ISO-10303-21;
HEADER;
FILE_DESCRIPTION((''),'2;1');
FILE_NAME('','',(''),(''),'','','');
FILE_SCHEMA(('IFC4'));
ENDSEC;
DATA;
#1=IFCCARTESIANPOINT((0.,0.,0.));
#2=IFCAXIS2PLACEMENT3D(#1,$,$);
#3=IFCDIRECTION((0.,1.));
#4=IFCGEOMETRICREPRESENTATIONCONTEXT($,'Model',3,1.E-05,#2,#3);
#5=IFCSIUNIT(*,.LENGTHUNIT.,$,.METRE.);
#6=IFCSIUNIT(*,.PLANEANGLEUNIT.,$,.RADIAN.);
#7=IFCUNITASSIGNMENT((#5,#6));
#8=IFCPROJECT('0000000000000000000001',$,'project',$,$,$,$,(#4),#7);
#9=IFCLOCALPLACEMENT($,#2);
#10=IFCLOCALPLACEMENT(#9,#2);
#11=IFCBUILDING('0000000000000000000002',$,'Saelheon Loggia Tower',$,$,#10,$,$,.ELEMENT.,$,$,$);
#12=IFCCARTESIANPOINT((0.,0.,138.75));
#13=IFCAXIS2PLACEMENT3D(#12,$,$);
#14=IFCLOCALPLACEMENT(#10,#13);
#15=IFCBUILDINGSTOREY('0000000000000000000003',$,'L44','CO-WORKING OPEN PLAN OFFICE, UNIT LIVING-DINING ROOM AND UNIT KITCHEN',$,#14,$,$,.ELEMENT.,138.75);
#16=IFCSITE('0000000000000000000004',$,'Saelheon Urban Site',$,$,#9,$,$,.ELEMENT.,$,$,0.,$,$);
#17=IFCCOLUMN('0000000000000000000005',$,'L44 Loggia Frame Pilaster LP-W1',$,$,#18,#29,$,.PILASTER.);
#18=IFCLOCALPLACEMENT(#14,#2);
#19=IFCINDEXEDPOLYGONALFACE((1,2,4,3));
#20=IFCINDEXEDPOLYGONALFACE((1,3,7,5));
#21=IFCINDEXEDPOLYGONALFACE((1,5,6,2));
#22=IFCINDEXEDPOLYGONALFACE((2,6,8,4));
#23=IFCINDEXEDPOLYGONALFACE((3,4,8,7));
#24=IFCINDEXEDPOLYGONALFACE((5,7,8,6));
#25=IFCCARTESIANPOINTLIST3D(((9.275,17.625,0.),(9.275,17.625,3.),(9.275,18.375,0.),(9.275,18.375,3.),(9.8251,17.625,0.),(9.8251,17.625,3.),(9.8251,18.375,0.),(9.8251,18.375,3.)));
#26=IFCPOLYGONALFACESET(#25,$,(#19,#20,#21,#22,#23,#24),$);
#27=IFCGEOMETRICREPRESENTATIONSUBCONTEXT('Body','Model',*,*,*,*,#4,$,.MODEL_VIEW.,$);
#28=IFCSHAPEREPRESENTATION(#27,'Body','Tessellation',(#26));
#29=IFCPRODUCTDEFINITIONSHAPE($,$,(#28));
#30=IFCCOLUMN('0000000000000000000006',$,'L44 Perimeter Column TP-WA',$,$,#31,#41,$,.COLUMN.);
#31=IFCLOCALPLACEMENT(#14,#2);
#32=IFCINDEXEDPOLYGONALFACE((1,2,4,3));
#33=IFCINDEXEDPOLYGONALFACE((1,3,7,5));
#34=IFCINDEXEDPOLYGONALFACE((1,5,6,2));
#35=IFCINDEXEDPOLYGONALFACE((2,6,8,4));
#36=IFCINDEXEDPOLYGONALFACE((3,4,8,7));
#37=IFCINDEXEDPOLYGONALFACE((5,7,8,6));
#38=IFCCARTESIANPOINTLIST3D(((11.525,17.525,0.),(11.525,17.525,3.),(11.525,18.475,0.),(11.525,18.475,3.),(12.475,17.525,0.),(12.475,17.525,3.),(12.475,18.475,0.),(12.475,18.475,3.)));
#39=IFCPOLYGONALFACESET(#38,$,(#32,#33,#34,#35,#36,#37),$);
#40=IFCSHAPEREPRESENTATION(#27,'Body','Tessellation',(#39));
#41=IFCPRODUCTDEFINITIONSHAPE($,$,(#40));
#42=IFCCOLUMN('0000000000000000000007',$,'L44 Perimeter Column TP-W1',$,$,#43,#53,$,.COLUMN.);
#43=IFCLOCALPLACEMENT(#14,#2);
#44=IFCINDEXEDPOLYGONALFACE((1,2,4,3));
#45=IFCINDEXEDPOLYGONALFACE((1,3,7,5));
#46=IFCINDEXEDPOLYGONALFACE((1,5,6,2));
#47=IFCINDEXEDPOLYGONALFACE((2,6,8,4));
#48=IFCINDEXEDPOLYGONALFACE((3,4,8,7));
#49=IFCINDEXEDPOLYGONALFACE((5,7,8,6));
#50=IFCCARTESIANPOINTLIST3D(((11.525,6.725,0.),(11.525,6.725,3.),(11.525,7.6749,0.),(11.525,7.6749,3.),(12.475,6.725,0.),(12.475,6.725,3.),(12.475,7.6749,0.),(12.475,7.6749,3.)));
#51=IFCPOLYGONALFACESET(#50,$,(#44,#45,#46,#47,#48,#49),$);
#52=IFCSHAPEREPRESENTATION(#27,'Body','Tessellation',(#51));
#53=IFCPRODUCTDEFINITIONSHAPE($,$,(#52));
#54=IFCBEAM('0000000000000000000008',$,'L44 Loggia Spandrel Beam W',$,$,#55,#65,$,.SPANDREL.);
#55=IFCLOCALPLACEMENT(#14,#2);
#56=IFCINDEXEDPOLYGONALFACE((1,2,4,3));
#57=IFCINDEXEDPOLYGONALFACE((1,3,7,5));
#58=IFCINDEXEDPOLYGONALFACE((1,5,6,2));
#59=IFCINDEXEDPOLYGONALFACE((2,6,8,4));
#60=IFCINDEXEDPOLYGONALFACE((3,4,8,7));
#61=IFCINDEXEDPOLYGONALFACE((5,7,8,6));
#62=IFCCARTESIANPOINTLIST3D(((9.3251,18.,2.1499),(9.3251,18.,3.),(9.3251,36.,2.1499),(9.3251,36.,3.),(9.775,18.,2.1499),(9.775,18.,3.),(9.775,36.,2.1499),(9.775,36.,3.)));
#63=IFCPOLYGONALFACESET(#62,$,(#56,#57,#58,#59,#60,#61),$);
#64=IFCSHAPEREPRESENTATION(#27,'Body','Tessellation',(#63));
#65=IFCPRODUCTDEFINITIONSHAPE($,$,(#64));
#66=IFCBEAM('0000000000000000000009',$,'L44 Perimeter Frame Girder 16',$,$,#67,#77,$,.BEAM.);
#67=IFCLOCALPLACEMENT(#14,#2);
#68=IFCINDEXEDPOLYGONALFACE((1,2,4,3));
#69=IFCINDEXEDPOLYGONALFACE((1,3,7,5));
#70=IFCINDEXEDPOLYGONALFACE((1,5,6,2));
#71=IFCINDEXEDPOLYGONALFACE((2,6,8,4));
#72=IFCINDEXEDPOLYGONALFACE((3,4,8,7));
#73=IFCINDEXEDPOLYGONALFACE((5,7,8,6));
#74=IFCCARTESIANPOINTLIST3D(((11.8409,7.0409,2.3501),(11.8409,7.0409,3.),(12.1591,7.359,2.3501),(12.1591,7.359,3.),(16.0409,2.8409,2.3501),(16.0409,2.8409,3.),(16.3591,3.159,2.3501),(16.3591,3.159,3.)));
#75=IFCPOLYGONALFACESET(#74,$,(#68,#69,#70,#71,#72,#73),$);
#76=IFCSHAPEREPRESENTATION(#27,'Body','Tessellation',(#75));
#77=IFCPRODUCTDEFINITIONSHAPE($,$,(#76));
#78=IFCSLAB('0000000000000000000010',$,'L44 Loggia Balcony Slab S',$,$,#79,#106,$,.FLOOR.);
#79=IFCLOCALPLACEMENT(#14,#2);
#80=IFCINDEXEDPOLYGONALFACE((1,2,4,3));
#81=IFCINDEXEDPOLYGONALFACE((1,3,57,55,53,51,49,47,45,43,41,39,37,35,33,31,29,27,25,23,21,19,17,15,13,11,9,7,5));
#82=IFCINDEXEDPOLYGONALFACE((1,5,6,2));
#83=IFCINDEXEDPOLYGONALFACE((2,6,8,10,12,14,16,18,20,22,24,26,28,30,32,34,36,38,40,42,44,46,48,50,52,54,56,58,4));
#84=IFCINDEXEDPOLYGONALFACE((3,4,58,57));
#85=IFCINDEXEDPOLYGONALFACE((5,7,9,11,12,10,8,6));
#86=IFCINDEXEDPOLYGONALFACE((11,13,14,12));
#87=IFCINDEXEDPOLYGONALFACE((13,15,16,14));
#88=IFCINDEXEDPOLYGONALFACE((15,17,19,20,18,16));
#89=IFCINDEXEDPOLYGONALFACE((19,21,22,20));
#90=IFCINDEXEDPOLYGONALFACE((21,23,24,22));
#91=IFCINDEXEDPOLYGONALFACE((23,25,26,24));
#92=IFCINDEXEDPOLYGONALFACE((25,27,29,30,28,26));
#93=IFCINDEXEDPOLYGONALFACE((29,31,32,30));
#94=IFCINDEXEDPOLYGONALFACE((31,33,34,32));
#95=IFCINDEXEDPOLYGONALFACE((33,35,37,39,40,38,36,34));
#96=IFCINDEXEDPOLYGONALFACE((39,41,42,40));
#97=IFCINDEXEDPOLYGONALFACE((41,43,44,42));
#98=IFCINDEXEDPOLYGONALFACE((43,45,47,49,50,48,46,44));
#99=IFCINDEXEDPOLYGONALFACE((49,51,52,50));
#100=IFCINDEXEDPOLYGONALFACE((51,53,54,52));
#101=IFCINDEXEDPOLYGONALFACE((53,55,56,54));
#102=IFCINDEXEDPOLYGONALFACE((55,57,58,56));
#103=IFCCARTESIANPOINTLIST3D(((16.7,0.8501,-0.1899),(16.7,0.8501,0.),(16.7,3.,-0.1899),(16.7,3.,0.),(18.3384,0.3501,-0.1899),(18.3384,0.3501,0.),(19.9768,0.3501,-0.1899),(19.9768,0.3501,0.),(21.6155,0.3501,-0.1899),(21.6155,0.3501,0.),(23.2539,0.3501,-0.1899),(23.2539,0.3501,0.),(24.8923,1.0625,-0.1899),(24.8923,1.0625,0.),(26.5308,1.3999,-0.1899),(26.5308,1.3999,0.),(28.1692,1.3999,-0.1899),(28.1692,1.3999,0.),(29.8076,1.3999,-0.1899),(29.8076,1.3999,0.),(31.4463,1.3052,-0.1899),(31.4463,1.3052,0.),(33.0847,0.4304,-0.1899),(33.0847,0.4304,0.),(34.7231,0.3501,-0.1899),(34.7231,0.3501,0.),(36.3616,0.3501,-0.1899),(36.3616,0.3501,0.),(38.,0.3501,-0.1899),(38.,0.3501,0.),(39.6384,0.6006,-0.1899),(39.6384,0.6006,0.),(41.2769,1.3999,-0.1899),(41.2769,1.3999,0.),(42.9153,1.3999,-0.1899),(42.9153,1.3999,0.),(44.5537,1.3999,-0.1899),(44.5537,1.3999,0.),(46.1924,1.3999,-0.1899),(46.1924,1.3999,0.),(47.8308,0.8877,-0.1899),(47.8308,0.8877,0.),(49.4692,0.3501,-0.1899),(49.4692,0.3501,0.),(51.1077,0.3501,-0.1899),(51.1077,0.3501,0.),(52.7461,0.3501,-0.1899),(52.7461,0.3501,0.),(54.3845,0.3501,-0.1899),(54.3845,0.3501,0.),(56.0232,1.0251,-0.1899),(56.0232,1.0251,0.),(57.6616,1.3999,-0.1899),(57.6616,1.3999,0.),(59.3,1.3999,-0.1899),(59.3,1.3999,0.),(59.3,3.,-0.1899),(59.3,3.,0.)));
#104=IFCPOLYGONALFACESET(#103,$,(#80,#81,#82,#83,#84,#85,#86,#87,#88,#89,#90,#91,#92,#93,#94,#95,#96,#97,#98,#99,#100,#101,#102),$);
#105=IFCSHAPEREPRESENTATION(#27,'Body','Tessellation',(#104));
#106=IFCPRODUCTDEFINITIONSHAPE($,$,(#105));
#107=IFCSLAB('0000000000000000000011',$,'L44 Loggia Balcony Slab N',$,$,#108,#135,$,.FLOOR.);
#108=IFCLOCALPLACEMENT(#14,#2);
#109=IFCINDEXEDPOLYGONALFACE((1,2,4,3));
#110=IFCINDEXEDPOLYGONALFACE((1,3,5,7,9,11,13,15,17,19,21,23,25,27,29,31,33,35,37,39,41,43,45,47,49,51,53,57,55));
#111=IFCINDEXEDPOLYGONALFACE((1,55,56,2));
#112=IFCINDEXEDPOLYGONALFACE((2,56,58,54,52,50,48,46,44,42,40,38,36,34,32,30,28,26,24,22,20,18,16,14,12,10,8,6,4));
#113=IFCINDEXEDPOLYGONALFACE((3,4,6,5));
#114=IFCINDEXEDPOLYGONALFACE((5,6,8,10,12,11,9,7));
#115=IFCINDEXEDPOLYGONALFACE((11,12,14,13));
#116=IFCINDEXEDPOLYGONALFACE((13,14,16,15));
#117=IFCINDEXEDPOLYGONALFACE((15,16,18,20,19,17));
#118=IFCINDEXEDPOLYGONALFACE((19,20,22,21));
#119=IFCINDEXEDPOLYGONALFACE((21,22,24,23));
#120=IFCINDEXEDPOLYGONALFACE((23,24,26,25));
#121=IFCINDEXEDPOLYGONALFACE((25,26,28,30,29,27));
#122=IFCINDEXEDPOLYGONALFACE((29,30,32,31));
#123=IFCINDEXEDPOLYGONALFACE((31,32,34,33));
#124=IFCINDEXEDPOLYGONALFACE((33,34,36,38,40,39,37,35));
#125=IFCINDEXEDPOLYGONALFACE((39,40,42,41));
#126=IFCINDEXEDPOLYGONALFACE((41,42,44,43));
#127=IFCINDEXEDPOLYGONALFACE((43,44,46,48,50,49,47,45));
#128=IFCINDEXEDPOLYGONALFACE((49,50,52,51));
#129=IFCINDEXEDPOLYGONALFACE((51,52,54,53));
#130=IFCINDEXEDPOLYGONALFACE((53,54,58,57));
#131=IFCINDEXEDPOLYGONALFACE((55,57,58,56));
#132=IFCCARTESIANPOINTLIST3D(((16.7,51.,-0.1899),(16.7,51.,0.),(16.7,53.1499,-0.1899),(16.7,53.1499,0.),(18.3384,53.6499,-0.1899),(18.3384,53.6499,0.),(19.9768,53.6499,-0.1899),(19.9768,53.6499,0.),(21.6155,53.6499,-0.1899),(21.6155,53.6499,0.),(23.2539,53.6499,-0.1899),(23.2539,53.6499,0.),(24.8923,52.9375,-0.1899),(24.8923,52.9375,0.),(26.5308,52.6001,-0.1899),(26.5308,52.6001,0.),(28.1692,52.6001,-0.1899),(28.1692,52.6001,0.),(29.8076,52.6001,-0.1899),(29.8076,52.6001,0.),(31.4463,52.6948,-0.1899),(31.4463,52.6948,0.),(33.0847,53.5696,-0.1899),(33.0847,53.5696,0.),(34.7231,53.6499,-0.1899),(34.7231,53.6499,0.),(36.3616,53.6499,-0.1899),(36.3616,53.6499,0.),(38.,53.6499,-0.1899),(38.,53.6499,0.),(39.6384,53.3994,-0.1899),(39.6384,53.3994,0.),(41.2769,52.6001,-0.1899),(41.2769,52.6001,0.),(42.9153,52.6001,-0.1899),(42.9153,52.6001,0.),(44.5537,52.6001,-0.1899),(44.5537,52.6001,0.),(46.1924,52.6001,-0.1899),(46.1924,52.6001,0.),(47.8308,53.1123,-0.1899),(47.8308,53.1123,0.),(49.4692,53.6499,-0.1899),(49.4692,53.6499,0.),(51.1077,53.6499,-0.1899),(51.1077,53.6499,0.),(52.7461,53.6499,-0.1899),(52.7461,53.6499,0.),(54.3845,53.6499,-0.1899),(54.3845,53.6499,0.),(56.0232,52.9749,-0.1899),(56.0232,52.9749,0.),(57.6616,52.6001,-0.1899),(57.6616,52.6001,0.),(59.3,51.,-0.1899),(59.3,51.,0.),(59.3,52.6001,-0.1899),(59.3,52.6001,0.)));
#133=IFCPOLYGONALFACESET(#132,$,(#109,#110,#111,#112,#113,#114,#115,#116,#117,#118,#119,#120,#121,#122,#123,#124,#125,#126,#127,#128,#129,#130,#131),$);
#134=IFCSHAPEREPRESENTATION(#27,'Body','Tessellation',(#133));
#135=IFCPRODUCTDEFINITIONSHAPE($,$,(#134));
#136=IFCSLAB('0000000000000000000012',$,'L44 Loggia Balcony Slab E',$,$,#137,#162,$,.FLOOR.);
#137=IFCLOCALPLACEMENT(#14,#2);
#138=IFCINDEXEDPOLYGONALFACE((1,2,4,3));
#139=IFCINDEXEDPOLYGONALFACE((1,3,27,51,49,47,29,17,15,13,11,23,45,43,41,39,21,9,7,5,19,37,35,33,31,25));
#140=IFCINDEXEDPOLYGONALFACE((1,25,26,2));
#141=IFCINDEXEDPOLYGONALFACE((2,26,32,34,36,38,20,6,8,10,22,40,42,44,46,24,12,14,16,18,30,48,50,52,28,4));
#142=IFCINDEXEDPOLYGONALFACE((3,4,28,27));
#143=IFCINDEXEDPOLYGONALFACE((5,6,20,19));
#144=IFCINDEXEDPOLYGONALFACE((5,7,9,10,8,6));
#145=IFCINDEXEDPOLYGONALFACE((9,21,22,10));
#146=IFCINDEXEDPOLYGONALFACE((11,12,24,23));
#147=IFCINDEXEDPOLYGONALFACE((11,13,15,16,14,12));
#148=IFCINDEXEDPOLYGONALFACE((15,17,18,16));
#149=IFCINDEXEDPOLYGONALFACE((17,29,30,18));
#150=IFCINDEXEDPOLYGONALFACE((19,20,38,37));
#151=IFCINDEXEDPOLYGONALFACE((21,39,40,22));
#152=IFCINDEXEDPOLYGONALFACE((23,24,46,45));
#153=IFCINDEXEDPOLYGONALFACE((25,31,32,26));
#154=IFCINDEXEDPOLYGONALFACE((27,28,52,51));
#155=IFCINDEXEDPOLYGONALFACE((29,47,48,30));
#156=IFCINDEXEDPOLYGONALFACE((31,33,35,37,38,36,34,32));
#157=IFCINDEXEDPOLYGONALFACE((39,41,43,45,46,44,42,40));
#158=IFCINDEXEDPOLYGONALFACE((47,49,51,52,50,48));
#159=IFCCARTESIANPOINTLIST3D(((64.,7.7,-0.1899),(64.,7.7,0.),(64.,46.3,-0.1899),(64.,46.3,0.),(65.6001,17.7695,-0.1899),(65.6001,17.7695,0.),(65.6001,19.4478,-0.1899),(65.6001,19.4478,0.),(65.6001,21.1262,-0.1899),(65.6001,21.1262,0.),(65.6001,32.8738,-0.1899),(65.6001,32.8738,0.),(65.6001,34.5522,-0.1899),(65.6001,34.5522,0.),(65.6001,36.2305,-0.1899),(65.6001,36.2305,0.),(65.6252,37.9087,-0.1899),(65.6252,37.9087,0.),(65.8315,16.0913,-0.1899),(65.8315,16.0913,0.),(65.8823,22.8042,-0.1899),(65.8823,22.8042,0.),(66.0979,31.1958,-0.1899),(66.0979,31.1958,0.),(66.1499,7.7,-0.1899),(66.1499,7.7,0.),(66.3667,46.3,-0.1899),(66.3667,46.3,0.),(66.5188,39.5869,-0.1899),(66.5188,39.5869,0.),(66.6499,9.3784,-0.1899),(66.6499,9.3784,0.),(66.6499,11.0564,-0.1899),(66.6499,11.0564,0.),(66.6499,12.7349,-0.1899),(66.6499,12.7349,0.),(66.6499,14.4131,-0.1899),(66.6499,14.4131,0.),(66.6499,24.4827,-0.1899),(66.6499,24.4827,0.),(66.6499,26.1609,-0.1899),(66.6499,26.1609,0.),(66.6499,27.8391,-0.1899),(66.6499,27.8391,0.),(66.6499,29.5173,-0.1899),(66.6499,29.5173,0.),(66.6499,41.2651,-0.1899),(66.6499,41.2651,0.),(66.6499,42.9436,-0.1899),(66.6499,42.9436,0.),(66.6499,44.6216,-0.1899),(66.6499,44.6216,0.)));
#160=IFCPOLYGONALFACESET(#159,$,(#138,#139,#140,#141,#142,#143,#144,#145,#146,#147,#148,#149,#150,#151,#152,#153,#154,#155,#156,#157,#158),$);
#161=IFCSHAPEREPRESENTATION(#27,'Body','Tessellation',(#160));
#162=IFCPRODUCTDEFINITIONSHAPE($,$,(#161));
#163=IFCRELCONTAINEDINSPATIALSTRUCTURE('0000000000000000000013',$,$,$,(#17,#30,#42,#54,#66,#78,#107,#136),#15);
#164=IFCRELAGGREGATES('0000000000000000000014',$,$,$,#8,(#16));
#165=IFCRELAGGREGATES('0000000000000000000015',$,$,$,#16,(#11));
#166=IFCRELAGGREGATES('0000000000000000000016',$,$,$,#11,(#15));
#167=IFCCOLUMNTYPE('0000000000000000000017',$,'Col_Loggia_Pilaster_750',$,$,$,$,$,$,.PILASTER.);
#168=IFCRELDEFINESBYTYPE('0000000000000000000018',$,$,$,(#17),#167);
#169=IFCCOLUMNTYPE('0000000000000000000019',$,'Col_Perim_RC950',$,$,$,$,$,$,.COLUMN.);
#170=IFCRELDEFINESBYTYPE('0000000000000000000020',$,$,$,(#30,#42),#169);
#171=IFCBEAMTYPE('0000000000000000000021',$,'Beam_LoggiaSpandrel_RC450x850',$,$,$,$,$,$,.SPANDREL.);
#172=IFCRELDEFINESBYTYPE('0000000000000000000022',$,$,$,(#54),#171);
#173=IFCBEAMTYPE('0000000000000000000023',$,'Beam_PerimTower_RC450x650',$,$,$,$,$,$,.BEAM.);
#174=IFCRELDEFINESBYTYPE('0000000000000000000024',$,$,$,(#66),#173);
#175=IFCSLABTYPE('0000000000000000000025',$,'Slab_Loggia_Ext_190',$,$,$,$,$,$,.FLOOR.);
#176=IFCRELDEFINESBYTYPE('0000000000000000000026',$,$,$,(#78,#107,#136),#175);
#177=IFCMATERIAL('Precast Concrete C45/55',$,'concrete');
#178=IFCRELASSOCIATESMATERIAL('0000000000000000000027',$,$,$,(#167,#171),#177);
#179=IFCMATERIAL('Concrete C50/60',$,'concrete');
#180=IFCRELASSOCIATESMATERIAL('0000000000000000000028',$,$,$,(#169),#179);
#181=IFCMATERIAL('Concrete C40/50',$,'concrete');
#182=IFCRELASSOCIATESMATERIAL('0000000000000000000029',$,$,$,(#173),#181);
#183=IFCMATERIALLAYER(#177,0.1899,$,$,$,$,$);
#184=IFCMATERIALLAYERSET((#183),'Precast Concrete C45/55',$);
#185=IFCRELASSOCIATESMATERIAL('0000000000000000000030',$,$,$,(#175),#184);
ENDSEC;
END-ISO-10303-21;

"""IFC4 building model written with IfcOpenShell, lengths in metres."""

from ifc_helpers import new_model, si_unit, direction, frame, origin, origin_2d, place, context, subcontext, project, spatial, polyline, rectangle, outline, extrude, source, transform, mapped, material, layer, layer_set, material_profile, profile_set, type_object, element, save


model = new_model("IFC4")

# Units and contexts
model_context = context("Model", 3, precision=1e-05, world=origin(), true_north=direction((0.0, 1.0)))
body_context = subcontext(model_context, "Body", "Model", "MODEL_VIEW")
ifc_project = project(units=[si_unit("LENGTHUNIT", "METRE"), si_unit("PLANEANGLEUNIT", "RADIAN")], contexts=[model_context])

# Site, building, storey
site_placement = place(None, origin())
site = spatial("IfcSite", under=ifc_project, at=site_placement, Name="Saelheon Urban Site", CompositionType="ELEMENT", RefElevation=0.0)
building_placement = place(site_placement, origin())
building = spatial("IfcBuilding", under=site, at=building_placement, Name="Saelheon Loggia Tower", CompositionType="ELEMENT")
storey_placement = place(building_placement, frame((0.0, 0.0, 138.75)))
storey = spatial("IfcBuildingStorey", under=building, at=storey_placement, Name="L44", Description="CO-WORKING OPEN PLAN OFFICE, UNIT LIVING-DINING ROOM AND UNIT KITCHEN", CompositionType="ELEMENT", Elevation=138.75)

# Columns
ifc_material_1 = material(Name="Precast Concrete C45/55", Category="concrete")
ifc_material_profile_1 = material_profile(ifc_material_1, rectangle(XDim=0.55, YDim=0.75, at=origin_2d()), Name="RC-550x750")
ifc_profile_set_1 = profile_set([ifc_material_profile_1], Name="Precast Concrete C45/55")
column_type_1 = type_object("IfcColumnType", Name="Col_Loggia_Pilaster_750", PredefinedType="PILASTER", material=ifc_profile_set_1)
shared_shape_1 = source(origin(), body_context, "Body", "SweptSolid", [
    extrude(rectangle(XDim=0.55, YDim=0.75, at=origin_2d()), origin(), (0.0, 0.0, 1.0), 3.0),
])
column_placement = place(storey_placement, frame((9.55, 18.0, 0.0), z_axis=(0.0, 0.0, 1.0), x_axis=(1.0, 0.0, 0.0)))
element("IfcColumn", 1, at=column_placement, inside=storey, type_object=column_type_1, Name="L44 Loggia Frame Pilaster LP-W1", PredefinedType="PILASTER", context=body_context, shape_type="MappedRepresentation", body=[
    mapped(shared_shape_1, transform((0.0, 0.0, 0.0), scale=1.0)),
])
ifc_material_2 = material(Name="Concrete C50/60", Category="concrete")
ifc_material_profile_2 = material_profile(ifc_material_2, rectangle(XDim=0.95, YDim=0.95, at=origin_2d()), Name="RC-950x950")
ifc_profile_set_2 = profile_set([ifc_material_profile_2], Name="Concrete C50/60")
column_type_2 = type_object("IfcColumnType", Name="Col_Perim_RC950", PredefinedType="COLUMN", material=ifc_profile_set_2)
shared_shape_2 = source(origin(), body_context, "Body", "SweptSolid", [
    extrude(rectangle(XDim=0.95, YDim=0.95, at=origin_2d()), origin(), (0.0, 0.0, 1.0), 3.0),
])
for number, where, z_axis, x_axis, name in (
    (2, (12.0, 18.0, 0.0), (0.0, 0.0, 1.0), (1.0, 0.0, 0.0), "L44 Perimeter Column TP-WA"),
    (3, (12.0, 7.2, 0.0), (0.0, 0.0, 1.0), (1.0, 0.0, 0.0), "L44 Perimeter Column TP-W1"),
):
    element("IfcColumn", number, at=place(storey_placement, frame(where, z_axis=z_axis, x_axis=x_axis)), inside=storey, type_object=column_type_2, Name=name, PredefinedType="COLUMN", context=body_context, shape_type="MappedRepresentation", body=[
        mapped(shared_shape_2, transform((0.0, 0.0, 0.0), scale=1.0)),
    ])

# Beams
ifc_material_profile_3 = material_profile(ifc_material_1, rectangle(XDim=0.45, YDim=0.8501, at=origin_2d()), Name="RC-450x850")
ifc_profile_set_3 = profile_set([ifc_material_profile_3], Name="Precast Concrete C45/55")
beam_type_1 = type_object("IfcBeamType", Name="Beam_LoggiaSpandrel_RC450x850", PredefinedType="SPANDREL", material=ifc_profile_set_3)
shared_shape_3 = source(origin(), body_context, "Body", "SweptSolid", [
    extrude(rectangle(XDim=0.45, YDim=0.8501, at=origin_2d()), origin(), (0.0, 0.0, 1.0), 18.0),
])
beam_1_placement = place(storey_placement, frame((9.55, 18.0, 2.575), z_axis=(0.0, 1.0, 0.0), x_axis=(-1.0, 0.0, 0.0)))
element("IfcBeam", 4, at=beam_1_placement, inside=storey, type_object=beam_type_1, Name="L44 Loggia Spandrel Beam W", PredefinedType="SPANDREL", context=body_context, shape_type="MappedRepresentation", body=[
    mapped(shared_shape_3, transform((0.0, 0.0, 0.0), scale=1.0)),
])
ifc_material_3 = material(Name="Concrete C40/50", Category="concrete")
ifc_material_profile_4 = material_profile(ifc_material_3, rectangle(XDim=0.45, YDim=0.6499, at=origin_2d()), Name="RC-450x650")
ifc_profile_set_4 = profile_set([ifc_material_profile_4], Name="Concrete C40/50")
beam_type_2 = type_object("IfcBeamType", Name="Beam_PerimTower_RC450x650", PredefinedType="BEAM", material=ifc_profile_set_4)
shared_shape_4 = source(origin(), body_context, "Body", "SweptSolid", [
    extrude(rectangle(XDim=0.45, YDim=0.6499, at=origin_2d()), origin(), (0.0, 0.0, 1.0), 5.9397),
])
beam_2_placement = place(storey_placement, frame((12.0, 7.2, 2.675), z_axis=(0.707107, -0.707107, 0.0), x_axis=(0.707107, 0.707107, 0.0)))
element("IfcBeam", 5, at=beam_2_placement, inside=storey, type_object=beam_type_2, Name="L44 Perimeter Frame Girder 16", PredefinedType="BEAM", context=body_context, shape_type="MappedRepresentation", body=[
    mapped(shared_shape_4, transform((0.0, 0.0, 0.0), scale=1.0)),
])

# Slabs
ifc_layer_1 = layer(ifc_material_1, 0.1899)
ifc_layer_set_1 = layer_set([ifc_layer_1], Name="Precast Concrete C45/55")
slab_type_1 = type_object("IfcSlabType", Name="Slab_Loggia_Ext_190", PredefinedType="FLOOR", material=ifc_layer_set_1)
slab_1_placement = place(storey_placement, frame((0.0, 0.0, -0.1899)))
element("IfcSlab", 6, at=slab_1_placement, inside=storey, type_object=slab_type_1, Name="L44 Loggia Balcony Slab S", PredefinedType="FLOOR", context=body_context, shape_type="SweptSolid", body=[
    extrude(outline(polyline([(16.7, 0.8501), (18.3384, 0.3501), (19.9768, 0.3501), (21.6155, 0.3501), (23.2539, 0.3501), (24.8923, 1.0625), (26.5308, 1.3999), (28.1692, 1.3999), (29.8076, 1.3999), (31.4463, 1.3052), (33.0847, 0.4304), (34.7231, 0.3501), (36.3616, 0.3501), (38.0, 0.3501), (39.6384, 0.6006), (41.2769, 1.3999), (42.9153, 1.3999), (44.5537, 1.3999), (46.1924, 1.3999), (47.8308, 0.8877), (49.4692, 0.3501), (51.1077, 0.3501), (52.7461, 0.3501), (54.3845, 0.3501), (56.0232, 1.0251), (57.6616, 1.3999), (59.3, 1.3999), (59.3, 3.0), (16.7, 3.0), (16.7, 0.8501)])), origin(), (0.0, 0.0, 1.0), 0.1899),
])
slab_2_placement = place(storey_placement, frame((0.0, 0.0, -0.1899)))
element("IfcSlab", 7, at=slab_2_placement, inside=storey, type_object=slab_type_1, Name="L44 Loggia Balcony Slab N", PredefinedType="FLOOR", context=body_context, shape_type="SweptSolid", body=[
    extrude(outline(polyline([(16.7, 51.0), (59.3, 51.0), (59.3, 52.6001), (57.6616, 52.6001), (56.0232, 52.9749), (54.3845, 53.6499), (52.7461, 53.6499), (51.1077, 53.6499), (49.4692, 53.6499), (47.8308, 53.1123), (46.1924, 52.6001), (44.5537, 52.6001), (42.9153, 52.6001), (41.2769, 52.6001), (39.6384, 53.3994), (38.0, 53.6499), (36.3616, 53.6499), (34.7231, 53.6499), (33.0847, 53.5696), (31.4463, 52.6948), (29.8076, 52.6001), (28.1692, 52.6001), (26.5308, 52.6001), (24.8923, 52.9375), (23.2539, 53.6499), (21.6155, 53.6499), (19.9768, 53.6499), (18.3384, 53.6499), (16.7, 53.1499), (16.7, 51.0)])), origin(), (0.0, 0.0, 1.0), 0.1899),
])
slab_3_placement = place(storey_placement, frame((0.0, 0.0, -0.1899)))
element("IfcSlab", 8, at=slab_3_placement, inside=storey, type_object=slab_type_1, Name="L44 Loggia Balcony Slab E", PredefinedType="FLOOR", context=body_context, shape_type="SweptSolid", body=[
    extrude(outline(polyline([(64.0, 7.7), (66.1499, 7.7), (66.6499, 9.3784), (66.6499, 11.0564), (66.6499, 12.7349), (66.6499, 14.4131), (65.8315, 16.0913), (65.6001, 17.7695), (65.6001, 19.4478), (65.6001, 21.1262), (65.8823, 22.8042), (66.6499, 24.4827), (66.6499, 26.1609), (66.6499, 27.8391), (66.6499, 29.5173), (66.0979, 31.1958), (65.6001, 32.8738), (65.6001, 34.5522), (65.6001, 36.2305), (65.6252, 37.9087), (66.5188, 39.5869), (66.6499, 41.2651), (66.6499, 42.9436), (66.6499, 44.6216), (66.3667, 46.3), (64.0, 46.3), (64.0, 7.7)])), origin(), (0.0, 0.0, 1.0), 0.1899),
])

save(model, "model.ifc")
